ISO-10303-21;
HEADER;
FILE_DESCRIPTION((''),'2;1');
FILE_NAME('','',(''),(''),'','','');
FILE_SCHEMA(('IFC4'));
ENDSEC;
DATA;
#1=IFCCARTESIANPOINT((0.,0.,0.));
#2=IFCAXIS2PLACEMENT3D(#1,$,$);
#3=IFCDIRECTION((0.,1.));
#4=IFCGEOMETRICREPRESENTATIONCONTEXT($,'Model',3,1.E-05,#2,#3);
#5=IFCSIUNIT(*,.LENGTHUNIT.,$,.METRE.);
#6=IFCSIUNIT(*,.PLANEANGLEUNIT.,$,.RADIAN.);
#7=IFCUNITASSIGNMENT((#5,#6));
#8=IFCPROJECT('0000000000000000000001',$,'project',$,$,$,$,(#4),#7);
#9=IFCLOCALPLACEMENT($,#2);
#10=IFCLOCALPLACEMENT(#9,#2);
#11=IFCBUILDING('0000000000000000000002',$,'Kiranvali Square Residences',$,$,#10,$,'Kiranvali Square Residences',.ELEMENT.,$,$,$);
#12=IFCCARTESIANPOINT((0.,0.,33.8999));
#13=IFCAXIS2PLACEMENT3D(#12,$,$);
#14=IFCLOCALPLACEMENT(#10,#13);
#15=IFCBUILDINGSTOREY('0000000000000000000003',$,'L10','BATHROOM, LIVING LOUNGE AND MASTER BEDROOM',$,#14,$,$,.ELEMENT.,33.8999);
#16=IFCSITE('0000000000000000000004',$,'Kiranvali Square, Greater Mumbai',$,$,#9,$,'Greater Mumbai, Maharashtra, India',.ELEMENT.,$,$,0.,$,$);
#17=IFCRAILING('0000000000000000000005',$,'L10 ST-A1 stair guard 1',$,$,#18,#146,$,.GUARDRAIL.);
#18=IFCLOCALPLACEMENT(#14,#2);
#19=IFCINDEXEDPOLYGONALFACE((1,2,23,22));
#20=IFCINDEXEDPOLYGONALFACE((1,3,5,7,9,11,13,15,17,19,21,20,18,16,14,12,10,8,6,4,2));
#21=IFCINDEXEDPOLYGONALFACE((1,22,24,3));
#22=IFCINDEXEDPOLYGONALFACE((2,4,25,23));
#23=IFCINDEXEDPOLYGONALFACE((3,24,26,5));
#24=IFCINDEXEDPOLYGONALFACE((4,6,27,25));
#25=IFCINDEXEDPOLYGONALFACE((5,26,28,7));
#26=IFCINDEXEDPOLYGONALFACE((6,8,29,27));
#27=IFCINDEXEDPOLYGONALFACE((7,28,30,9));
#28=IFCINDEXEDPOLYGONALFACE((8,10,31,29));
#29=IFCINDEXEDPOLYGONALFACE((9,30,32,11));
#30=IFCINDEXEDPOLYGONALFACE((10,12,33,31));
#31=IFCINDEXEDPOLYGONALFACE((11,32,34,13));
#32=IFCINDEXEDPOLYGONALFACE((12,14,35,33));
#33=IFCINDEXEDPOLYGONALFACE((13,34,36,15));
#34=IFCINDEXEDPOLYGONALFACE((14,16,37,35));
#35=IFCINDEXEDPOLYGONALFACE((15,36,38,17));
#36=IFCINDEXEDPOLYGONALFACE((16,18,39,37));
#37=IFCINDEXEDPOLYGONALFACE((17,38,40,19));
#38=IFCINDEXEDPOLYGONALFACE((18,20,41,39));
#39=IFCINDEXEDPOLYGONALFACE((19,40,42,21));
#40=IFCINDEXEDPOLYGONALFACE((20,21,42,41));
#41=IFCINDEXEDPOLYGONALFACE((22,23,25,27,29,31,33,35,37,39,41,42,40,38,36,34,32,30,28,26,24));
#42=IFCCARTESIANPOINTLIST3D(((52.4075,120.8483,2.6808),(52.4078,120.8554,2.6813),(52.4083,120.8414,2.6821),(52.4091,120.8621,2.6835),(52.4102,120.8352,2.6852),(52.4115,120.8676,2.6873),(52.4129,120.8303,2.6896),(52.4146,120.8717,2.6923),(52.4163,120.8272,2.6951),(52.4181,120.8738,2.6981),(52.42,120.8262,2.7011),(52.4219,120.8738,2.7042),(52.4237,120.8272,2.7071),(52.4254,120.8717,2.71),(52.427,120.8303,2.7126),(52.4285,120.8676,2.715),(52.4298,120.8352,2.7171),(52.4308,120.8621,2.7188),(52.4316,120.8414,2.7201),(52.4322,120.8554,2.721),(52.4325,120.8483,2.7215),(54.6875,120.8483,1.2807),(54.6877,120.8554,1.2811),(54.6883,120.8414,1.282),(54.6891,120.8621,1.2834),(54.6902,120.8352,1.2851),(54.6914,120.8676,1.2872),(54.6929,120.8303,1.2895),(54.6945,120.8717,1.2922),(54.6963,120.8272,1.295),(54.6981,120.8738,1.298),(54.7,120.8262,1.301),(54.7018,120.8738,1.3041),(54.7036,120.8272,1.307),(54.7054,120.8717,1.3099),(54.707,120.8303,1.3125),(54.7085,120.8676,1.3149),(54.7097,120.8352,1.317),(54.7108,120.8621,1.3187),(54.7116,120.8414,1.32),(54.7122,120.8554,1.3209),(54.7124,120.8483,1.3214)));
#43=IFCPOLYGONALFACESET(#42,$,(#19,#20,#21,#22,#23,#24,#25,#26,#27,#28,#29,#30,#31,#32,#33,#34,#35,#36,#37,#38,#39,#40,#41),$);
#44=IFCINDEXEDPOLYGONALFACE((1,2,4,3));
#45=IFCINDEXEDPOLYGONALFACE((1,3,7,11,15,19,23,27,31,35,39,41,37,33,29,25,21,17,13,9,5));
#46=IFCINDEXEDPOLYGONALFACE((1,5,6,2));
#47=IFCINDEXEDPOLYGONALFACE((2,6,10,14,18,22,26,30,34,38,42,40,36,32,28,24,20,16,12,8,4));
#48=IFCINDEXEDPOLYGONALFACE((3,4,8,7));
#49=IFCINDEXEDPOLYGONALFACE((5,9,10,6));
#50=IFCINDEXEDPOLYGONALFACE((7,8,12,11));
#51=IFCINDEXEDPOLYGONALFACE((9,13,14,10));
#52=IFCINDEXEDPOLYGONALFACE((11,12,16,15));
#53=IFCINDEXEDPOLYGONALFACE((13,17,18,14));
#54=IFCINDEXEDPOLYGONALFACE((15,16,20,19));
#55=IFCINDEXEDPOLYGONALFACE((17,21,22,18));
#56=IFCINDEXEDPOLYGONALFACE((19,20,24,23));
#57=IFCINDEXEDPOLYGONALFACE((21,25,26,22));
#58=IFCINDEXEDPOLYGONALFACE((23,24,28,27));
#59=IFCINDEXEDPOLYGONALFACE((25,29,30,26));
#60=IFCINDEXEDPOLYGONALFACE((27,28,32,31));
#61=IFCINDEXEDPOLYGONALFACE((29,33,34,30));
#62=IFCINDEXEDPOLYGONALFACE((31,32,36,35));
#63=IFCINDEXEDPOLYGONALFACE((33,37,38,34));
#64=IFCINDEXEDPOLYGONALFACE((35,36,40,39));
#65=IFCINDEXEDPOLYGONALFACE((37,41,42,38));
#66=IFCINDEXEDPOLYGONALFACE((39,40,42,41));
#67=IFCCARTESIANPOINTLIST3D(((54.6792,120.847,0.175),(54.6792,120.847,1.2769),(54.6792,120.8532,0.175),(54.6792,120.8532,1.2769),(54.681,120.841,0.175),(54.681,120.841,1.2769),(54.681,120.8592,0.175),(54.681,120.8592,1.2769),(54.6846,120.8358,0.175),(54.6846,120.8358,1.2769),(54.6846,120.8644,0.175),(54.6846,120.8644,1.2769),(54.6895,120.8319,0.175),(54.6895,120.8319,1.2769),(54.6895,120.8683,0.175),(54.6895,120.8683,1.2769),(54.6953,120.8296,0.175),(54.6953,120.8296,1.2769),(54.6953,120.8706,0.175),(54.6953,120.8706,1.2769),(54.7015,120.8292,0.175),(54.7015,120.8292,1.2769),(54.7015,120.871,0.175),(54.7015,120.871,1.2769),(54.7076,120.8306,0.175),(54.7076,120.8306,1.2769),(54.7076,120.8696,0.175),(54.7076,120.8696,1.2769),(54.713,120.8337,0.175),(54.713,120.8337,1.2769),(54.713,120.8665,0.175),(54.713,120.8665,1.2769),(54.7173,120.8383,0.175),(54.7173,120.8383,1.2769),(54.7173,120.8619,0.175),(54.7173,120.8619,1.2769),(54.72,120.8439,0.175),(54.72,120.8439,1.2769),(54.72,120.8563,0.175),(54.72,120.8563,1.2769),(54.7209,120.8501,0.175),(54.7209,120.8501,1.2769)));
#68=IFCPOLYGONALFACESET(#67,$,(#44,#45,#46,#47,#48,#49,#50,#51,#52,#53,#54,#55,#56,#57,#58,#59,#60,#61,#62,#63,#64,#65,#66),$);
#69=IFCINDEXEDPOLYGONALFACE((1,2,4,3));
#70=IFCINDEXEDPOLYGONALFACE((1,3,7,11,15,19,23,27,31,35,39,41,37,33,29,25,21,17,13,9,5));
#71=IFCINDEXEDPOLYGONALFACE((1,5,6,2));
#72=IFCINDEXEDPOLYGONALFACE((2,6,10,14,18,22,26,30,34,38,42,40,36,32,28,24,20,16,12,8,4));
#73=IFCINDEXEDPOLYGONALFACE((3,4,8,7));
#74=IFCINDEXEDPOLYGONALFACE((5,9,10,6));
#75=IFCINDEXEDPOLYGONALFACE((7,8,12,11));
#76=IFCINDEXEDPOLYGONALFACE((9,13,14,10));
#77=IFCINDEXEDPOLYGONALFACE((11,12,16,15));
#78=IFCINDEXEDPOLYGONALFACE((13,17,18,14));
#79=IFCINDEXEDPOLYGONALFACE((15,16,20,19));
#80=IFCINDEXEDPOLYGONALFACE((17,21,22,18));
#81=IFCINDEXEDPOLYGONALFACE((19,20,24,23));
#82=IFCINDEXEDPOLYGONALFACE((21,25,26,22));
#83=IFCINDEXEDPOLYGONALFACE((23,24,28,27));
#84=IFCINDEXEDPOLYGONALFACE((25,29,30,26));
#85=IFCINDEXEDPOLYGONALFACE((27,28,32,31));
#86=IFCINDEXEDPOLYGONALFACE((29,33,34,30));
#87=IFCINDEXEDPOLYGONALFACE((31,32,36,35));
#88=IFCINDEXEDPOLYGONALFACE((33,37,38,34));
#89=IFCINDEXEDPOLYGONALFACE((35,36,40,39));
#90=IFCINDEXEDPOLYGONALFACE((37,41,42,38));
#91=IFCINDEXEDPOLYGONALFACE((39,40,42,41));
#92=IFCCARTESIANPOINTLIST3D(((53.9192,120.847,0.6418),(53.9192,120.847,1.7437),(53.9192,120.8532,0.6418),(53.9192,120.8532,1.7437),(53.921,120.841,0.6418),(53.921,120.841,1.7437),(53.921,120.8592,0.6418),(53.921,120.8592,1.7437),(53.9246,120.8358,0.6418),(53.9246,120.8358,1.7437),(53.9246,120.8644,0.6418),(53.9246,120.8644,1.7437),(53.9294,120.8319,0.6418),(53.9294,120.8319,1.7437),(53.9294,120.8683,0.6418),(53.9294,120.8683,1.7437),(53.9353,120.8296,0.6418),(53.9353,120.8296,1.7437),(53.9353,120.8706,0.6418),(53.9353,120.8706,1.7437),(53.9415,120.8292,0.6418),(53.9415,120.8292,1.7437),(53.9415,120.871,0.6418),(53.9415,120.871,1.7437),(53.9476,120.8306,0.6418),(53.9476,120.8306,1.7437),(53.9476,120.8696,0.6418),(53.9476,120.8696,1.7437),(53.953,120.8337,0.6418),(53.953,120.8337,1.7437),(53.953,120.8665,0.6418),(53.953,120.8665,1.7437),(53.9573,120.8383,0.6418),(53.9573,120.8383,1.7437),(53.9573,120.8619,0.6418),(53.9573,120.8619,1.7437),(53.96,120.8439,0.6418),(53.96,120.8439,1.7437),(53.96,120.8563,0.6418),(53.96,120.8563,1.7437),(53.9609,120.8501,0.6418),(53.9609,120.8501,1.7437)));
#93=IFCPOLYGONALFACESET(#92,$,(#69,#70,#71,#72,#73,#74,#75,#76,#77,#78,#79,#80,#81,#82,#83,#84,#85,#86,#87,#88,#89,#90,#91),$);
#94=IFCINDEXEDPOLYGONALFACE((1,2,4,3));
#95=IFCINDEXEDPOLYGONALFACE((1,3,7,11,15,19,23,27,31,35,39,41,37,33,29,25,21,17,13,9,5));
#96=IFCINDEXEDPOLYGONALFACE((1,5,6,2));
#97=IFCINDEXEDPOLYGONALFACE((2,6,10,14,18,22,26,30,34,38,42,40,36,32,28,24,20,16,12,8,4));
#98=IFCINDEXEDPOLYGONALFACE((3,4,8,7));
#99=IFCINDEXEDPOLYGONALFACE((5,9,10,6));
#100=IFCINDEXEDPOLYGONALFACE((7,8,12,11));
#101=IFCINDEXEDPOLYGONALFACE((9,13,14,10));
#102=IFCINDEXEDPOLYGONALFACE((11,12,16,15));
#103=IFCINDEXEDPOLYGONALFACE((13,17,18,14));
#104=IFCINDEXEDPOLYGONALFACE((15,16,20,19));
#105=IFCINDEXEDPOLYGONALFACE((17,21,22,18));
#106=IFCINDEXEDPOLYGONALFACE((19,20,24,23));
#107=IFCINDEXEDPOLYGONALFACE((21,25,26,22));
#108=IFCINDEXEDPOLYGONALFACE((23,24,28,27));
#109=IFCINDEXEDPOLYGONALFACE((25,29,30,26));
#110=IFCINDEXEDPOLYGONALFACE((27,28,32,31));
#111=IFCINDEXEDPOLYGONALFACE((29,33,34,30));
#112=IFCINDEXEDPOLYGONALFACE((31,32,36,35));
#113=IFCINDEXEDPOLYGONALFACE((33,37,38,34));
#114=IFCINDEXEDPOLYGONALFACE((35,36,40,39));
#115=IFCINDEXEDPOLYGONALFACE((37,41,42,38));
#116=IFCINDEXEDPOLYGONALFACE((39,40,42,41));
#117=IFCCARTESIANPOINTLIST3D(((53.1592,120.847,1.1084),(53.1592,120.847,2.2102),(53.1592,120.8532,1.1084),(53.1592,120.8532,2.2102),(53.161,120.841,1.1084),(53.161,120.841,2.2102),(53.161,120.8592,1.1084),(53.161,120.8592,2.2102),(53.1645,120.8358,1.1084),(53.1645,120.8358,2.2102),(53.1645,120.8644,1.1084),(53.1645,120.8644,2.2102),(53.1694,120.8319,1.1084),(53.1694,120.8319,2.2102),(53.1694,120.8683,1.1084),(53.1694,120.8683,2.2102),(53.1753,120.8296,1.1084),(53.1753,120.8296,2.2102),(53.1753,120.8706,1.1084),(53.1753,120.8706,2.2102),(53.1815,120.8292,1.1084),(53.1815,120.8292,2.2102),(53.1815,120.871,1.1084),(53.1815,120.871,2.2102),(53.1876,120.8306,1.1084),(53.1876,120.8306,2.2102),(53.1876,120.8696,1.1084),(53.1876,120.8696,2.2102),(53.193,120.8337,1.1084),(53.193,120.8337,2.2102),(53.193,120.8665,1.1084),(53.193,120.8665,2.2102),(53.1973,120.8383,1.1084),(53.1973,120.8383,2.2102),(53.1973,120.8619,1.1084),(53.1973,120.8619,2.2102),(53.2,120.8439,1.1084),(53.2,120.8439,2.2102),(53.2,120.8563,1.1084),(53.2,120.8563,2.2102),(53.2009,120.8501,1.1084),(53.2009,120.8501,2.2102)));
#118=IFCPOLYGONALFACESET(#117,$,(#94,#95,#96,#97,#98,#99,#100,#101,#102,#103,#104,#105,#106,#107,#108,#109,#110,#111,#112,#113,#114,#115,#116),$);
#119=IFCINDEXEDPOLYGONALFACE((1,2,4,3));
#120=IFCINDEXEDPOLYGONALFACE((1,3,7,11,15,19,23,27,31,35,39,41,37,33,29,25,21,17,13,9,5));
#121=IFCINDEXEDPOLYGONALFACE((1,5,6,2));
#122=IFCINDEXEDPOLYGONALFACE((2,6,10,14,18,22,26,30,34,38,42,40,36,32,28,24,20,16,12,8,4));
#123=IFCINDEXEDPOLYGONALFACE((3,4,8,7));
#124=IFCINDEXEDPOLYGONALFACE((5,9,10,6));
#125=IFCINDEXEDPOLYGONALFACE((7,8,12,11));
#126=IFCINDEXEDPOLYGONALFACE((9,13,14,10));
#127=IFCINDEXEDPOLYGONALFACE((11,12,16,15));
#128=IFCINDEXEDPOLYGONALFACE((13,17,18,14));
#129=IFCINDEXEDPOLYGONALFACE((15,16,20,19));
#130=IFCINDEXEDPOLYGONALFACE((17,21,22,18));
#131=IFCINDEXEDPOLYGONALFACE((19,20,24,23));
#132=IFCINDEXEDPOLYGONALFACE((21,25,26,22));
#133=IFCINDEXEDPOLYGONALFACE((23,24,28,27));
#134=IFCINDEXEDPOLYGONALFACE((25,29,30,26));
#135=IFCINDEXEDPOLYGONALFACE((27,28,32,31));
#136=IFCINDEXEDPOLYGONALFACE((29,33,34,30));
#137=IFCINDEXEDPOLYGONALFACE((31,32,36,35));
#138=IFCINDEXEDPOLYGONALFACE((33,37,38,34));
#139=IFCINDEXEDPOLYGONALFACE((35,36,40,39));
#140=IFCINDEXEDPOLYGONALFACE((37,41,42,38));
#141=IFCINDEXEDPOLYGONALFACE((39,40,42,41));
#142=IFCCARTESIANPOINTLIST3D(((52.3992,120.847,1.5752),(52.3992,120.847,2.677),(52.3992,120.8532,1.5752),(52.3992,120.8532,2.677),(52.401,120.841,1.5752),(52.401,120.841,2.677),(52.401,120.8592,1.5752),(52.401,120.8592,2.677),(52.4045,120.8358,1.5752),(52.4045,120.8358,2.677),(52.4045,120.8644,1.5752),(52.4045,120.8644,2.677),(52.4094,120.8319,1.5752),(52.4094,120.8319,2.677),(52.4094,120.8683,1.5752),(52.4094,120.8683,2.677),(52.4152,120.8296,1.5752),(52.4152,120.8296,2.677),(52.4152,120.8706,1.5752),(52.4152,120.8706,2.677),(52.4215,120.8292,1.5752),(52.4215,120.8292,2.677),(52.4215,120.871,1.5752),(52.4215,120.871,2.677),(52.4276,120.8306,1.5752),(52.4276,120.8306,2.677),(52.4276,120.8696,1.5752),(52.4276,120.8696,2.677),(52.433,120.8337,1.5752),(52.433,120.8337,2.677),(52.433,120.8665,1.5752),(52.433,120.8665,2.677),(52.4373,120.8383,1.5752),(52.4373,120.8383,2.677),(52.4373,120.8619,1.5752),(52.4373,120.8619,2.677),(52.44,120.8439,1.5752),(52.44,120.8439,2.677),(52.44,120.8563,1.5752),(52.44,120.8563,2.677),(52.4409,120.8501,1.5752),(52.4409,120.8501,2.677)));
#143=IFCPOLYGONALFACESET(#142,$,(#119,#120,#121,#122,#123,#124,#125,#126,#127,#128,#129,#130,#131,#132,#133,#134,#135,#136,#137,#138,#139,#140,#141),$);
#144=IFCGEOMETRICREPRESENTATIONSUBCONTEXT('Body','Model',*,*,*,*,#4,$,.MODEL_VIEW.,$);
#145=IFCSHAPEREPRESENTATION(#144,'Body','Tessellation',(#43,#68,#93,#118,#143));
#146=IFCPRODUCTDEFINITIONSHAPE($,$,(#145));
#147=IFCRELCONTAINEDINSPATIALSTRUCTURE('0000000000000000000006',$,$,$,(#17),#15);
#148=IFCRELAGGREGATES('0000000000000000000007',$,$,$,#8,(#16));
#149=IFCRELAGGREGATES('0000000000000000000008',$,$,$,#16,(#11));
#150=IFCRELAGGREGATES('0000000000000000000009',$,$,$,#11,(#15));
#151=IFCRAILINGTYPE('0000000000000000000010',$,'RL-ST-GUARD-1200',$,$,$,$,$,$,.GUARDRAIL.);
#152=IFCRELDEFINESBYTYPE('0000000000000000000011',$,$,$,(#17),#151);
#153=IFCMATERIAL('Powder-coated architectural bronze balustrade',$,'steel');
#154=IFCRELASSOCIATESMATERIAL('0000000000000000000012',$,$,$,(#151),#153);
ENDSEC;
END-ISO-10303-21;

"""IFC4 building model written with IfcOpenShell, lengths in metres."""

from ifc_helpers import new_model, si_unit, direction, frame, origin, origin_2d, place, context, subcontext, project, spatial, circle, extrude, material, type_object, element, save


model = new_model("IFC4")

# Units and contexts
model_context = context("Model", 3, precision=1e-05, world=origin(), true_north=direction((0.0, 1.0)))
body_context = subcontext(model_context, "Body", "Model", "MODEL_VIEW")
ifc_project = project(units=[si_unit("LENGTHUNIT", "METRE"), si_unit("PLANEANGLEUNIT", "RADIAN")], contexts=[model_context])

# Site, building, storey
site_placement = place(None, origin())
site = spatial("IfcSite", under=ifc_project, at=site_placement, Name="Kiranvali Square, Greater Mumbai", LongName="Greater Mumbai, Maharashtra, India", CompositionType="ELEMENT", RefElevation=0.0)
building_placement = place(site_placement, origin())
building = spatial("IfcBuilding", under=site, at=building_placement, Name="Kiranvali Square Residences", LongName="Kiranvali Square Residences", CompositionType="ELEMENT")
storey_placement = place(building_placement, frame((0.0, 0.0, 33.8999)))
storey = spatial("IfcBuildingStorey", under=building, at=storey_placement, Name="L10", Description="BATHROOM, LIVING LOUNGE AND MASTER BEDROOM", CompositionType="ELEMENT", Elevation=33.8999)

# Railing
ifc_material_1 = material(Name="Powder-coated architectural bronze balustrade", Category="steel")
railing_type_1 = type_object("IfcRailingType", Name="RL-ST-GUARD-1200", PredefinedType="GUARDRAIL", material=ifc_material_1)
railing_1_placement = place(storey_placement, frame((54.7, 120.8501, 0.175)))
element("IfcRailing", 1, at=railing_1_placement, inside=storey, type_object=railing_type_1, Name="L10 ST-A1 stair guard 1", PredefinedType="GUARDRAIL", context=body_context, shape_type="SweptSolid", body=[
    extrude(circle(Radius=0.0239, at=origin_2d()), frame((0.0, 0.0, 1.126), z_axis=(-0.85215, 0.0, 0.523298), x_axis=(0.0, -1.0, 0.0)), (0.0, 0.0, 1.0), 2.6755),
    extrude(circle(Radius=0.021, at=origin_2d()), origin(), (0.0, 0.0, 1.0), 1.1018),
    extrude(circle(Radius=0.021, at=origin_2d()), frame((-0.76, 0.0, 0.4668)), (0.0, 0.0, 1.0), 1.1018),
    extrude(circle(Radius=0.021, at=origin_2d()), frame((-1.52, 0.0, 0.9333)), (0.0, 0.0, 1.0), 1.1018),
    extrude(circle(Radius=0.021, at=origin_2d()), frame((-2.28, 0.0, 1.4001)), (0.0, 0.0, 1.0), 1.1018),
])

save(model, "model.ifc")
